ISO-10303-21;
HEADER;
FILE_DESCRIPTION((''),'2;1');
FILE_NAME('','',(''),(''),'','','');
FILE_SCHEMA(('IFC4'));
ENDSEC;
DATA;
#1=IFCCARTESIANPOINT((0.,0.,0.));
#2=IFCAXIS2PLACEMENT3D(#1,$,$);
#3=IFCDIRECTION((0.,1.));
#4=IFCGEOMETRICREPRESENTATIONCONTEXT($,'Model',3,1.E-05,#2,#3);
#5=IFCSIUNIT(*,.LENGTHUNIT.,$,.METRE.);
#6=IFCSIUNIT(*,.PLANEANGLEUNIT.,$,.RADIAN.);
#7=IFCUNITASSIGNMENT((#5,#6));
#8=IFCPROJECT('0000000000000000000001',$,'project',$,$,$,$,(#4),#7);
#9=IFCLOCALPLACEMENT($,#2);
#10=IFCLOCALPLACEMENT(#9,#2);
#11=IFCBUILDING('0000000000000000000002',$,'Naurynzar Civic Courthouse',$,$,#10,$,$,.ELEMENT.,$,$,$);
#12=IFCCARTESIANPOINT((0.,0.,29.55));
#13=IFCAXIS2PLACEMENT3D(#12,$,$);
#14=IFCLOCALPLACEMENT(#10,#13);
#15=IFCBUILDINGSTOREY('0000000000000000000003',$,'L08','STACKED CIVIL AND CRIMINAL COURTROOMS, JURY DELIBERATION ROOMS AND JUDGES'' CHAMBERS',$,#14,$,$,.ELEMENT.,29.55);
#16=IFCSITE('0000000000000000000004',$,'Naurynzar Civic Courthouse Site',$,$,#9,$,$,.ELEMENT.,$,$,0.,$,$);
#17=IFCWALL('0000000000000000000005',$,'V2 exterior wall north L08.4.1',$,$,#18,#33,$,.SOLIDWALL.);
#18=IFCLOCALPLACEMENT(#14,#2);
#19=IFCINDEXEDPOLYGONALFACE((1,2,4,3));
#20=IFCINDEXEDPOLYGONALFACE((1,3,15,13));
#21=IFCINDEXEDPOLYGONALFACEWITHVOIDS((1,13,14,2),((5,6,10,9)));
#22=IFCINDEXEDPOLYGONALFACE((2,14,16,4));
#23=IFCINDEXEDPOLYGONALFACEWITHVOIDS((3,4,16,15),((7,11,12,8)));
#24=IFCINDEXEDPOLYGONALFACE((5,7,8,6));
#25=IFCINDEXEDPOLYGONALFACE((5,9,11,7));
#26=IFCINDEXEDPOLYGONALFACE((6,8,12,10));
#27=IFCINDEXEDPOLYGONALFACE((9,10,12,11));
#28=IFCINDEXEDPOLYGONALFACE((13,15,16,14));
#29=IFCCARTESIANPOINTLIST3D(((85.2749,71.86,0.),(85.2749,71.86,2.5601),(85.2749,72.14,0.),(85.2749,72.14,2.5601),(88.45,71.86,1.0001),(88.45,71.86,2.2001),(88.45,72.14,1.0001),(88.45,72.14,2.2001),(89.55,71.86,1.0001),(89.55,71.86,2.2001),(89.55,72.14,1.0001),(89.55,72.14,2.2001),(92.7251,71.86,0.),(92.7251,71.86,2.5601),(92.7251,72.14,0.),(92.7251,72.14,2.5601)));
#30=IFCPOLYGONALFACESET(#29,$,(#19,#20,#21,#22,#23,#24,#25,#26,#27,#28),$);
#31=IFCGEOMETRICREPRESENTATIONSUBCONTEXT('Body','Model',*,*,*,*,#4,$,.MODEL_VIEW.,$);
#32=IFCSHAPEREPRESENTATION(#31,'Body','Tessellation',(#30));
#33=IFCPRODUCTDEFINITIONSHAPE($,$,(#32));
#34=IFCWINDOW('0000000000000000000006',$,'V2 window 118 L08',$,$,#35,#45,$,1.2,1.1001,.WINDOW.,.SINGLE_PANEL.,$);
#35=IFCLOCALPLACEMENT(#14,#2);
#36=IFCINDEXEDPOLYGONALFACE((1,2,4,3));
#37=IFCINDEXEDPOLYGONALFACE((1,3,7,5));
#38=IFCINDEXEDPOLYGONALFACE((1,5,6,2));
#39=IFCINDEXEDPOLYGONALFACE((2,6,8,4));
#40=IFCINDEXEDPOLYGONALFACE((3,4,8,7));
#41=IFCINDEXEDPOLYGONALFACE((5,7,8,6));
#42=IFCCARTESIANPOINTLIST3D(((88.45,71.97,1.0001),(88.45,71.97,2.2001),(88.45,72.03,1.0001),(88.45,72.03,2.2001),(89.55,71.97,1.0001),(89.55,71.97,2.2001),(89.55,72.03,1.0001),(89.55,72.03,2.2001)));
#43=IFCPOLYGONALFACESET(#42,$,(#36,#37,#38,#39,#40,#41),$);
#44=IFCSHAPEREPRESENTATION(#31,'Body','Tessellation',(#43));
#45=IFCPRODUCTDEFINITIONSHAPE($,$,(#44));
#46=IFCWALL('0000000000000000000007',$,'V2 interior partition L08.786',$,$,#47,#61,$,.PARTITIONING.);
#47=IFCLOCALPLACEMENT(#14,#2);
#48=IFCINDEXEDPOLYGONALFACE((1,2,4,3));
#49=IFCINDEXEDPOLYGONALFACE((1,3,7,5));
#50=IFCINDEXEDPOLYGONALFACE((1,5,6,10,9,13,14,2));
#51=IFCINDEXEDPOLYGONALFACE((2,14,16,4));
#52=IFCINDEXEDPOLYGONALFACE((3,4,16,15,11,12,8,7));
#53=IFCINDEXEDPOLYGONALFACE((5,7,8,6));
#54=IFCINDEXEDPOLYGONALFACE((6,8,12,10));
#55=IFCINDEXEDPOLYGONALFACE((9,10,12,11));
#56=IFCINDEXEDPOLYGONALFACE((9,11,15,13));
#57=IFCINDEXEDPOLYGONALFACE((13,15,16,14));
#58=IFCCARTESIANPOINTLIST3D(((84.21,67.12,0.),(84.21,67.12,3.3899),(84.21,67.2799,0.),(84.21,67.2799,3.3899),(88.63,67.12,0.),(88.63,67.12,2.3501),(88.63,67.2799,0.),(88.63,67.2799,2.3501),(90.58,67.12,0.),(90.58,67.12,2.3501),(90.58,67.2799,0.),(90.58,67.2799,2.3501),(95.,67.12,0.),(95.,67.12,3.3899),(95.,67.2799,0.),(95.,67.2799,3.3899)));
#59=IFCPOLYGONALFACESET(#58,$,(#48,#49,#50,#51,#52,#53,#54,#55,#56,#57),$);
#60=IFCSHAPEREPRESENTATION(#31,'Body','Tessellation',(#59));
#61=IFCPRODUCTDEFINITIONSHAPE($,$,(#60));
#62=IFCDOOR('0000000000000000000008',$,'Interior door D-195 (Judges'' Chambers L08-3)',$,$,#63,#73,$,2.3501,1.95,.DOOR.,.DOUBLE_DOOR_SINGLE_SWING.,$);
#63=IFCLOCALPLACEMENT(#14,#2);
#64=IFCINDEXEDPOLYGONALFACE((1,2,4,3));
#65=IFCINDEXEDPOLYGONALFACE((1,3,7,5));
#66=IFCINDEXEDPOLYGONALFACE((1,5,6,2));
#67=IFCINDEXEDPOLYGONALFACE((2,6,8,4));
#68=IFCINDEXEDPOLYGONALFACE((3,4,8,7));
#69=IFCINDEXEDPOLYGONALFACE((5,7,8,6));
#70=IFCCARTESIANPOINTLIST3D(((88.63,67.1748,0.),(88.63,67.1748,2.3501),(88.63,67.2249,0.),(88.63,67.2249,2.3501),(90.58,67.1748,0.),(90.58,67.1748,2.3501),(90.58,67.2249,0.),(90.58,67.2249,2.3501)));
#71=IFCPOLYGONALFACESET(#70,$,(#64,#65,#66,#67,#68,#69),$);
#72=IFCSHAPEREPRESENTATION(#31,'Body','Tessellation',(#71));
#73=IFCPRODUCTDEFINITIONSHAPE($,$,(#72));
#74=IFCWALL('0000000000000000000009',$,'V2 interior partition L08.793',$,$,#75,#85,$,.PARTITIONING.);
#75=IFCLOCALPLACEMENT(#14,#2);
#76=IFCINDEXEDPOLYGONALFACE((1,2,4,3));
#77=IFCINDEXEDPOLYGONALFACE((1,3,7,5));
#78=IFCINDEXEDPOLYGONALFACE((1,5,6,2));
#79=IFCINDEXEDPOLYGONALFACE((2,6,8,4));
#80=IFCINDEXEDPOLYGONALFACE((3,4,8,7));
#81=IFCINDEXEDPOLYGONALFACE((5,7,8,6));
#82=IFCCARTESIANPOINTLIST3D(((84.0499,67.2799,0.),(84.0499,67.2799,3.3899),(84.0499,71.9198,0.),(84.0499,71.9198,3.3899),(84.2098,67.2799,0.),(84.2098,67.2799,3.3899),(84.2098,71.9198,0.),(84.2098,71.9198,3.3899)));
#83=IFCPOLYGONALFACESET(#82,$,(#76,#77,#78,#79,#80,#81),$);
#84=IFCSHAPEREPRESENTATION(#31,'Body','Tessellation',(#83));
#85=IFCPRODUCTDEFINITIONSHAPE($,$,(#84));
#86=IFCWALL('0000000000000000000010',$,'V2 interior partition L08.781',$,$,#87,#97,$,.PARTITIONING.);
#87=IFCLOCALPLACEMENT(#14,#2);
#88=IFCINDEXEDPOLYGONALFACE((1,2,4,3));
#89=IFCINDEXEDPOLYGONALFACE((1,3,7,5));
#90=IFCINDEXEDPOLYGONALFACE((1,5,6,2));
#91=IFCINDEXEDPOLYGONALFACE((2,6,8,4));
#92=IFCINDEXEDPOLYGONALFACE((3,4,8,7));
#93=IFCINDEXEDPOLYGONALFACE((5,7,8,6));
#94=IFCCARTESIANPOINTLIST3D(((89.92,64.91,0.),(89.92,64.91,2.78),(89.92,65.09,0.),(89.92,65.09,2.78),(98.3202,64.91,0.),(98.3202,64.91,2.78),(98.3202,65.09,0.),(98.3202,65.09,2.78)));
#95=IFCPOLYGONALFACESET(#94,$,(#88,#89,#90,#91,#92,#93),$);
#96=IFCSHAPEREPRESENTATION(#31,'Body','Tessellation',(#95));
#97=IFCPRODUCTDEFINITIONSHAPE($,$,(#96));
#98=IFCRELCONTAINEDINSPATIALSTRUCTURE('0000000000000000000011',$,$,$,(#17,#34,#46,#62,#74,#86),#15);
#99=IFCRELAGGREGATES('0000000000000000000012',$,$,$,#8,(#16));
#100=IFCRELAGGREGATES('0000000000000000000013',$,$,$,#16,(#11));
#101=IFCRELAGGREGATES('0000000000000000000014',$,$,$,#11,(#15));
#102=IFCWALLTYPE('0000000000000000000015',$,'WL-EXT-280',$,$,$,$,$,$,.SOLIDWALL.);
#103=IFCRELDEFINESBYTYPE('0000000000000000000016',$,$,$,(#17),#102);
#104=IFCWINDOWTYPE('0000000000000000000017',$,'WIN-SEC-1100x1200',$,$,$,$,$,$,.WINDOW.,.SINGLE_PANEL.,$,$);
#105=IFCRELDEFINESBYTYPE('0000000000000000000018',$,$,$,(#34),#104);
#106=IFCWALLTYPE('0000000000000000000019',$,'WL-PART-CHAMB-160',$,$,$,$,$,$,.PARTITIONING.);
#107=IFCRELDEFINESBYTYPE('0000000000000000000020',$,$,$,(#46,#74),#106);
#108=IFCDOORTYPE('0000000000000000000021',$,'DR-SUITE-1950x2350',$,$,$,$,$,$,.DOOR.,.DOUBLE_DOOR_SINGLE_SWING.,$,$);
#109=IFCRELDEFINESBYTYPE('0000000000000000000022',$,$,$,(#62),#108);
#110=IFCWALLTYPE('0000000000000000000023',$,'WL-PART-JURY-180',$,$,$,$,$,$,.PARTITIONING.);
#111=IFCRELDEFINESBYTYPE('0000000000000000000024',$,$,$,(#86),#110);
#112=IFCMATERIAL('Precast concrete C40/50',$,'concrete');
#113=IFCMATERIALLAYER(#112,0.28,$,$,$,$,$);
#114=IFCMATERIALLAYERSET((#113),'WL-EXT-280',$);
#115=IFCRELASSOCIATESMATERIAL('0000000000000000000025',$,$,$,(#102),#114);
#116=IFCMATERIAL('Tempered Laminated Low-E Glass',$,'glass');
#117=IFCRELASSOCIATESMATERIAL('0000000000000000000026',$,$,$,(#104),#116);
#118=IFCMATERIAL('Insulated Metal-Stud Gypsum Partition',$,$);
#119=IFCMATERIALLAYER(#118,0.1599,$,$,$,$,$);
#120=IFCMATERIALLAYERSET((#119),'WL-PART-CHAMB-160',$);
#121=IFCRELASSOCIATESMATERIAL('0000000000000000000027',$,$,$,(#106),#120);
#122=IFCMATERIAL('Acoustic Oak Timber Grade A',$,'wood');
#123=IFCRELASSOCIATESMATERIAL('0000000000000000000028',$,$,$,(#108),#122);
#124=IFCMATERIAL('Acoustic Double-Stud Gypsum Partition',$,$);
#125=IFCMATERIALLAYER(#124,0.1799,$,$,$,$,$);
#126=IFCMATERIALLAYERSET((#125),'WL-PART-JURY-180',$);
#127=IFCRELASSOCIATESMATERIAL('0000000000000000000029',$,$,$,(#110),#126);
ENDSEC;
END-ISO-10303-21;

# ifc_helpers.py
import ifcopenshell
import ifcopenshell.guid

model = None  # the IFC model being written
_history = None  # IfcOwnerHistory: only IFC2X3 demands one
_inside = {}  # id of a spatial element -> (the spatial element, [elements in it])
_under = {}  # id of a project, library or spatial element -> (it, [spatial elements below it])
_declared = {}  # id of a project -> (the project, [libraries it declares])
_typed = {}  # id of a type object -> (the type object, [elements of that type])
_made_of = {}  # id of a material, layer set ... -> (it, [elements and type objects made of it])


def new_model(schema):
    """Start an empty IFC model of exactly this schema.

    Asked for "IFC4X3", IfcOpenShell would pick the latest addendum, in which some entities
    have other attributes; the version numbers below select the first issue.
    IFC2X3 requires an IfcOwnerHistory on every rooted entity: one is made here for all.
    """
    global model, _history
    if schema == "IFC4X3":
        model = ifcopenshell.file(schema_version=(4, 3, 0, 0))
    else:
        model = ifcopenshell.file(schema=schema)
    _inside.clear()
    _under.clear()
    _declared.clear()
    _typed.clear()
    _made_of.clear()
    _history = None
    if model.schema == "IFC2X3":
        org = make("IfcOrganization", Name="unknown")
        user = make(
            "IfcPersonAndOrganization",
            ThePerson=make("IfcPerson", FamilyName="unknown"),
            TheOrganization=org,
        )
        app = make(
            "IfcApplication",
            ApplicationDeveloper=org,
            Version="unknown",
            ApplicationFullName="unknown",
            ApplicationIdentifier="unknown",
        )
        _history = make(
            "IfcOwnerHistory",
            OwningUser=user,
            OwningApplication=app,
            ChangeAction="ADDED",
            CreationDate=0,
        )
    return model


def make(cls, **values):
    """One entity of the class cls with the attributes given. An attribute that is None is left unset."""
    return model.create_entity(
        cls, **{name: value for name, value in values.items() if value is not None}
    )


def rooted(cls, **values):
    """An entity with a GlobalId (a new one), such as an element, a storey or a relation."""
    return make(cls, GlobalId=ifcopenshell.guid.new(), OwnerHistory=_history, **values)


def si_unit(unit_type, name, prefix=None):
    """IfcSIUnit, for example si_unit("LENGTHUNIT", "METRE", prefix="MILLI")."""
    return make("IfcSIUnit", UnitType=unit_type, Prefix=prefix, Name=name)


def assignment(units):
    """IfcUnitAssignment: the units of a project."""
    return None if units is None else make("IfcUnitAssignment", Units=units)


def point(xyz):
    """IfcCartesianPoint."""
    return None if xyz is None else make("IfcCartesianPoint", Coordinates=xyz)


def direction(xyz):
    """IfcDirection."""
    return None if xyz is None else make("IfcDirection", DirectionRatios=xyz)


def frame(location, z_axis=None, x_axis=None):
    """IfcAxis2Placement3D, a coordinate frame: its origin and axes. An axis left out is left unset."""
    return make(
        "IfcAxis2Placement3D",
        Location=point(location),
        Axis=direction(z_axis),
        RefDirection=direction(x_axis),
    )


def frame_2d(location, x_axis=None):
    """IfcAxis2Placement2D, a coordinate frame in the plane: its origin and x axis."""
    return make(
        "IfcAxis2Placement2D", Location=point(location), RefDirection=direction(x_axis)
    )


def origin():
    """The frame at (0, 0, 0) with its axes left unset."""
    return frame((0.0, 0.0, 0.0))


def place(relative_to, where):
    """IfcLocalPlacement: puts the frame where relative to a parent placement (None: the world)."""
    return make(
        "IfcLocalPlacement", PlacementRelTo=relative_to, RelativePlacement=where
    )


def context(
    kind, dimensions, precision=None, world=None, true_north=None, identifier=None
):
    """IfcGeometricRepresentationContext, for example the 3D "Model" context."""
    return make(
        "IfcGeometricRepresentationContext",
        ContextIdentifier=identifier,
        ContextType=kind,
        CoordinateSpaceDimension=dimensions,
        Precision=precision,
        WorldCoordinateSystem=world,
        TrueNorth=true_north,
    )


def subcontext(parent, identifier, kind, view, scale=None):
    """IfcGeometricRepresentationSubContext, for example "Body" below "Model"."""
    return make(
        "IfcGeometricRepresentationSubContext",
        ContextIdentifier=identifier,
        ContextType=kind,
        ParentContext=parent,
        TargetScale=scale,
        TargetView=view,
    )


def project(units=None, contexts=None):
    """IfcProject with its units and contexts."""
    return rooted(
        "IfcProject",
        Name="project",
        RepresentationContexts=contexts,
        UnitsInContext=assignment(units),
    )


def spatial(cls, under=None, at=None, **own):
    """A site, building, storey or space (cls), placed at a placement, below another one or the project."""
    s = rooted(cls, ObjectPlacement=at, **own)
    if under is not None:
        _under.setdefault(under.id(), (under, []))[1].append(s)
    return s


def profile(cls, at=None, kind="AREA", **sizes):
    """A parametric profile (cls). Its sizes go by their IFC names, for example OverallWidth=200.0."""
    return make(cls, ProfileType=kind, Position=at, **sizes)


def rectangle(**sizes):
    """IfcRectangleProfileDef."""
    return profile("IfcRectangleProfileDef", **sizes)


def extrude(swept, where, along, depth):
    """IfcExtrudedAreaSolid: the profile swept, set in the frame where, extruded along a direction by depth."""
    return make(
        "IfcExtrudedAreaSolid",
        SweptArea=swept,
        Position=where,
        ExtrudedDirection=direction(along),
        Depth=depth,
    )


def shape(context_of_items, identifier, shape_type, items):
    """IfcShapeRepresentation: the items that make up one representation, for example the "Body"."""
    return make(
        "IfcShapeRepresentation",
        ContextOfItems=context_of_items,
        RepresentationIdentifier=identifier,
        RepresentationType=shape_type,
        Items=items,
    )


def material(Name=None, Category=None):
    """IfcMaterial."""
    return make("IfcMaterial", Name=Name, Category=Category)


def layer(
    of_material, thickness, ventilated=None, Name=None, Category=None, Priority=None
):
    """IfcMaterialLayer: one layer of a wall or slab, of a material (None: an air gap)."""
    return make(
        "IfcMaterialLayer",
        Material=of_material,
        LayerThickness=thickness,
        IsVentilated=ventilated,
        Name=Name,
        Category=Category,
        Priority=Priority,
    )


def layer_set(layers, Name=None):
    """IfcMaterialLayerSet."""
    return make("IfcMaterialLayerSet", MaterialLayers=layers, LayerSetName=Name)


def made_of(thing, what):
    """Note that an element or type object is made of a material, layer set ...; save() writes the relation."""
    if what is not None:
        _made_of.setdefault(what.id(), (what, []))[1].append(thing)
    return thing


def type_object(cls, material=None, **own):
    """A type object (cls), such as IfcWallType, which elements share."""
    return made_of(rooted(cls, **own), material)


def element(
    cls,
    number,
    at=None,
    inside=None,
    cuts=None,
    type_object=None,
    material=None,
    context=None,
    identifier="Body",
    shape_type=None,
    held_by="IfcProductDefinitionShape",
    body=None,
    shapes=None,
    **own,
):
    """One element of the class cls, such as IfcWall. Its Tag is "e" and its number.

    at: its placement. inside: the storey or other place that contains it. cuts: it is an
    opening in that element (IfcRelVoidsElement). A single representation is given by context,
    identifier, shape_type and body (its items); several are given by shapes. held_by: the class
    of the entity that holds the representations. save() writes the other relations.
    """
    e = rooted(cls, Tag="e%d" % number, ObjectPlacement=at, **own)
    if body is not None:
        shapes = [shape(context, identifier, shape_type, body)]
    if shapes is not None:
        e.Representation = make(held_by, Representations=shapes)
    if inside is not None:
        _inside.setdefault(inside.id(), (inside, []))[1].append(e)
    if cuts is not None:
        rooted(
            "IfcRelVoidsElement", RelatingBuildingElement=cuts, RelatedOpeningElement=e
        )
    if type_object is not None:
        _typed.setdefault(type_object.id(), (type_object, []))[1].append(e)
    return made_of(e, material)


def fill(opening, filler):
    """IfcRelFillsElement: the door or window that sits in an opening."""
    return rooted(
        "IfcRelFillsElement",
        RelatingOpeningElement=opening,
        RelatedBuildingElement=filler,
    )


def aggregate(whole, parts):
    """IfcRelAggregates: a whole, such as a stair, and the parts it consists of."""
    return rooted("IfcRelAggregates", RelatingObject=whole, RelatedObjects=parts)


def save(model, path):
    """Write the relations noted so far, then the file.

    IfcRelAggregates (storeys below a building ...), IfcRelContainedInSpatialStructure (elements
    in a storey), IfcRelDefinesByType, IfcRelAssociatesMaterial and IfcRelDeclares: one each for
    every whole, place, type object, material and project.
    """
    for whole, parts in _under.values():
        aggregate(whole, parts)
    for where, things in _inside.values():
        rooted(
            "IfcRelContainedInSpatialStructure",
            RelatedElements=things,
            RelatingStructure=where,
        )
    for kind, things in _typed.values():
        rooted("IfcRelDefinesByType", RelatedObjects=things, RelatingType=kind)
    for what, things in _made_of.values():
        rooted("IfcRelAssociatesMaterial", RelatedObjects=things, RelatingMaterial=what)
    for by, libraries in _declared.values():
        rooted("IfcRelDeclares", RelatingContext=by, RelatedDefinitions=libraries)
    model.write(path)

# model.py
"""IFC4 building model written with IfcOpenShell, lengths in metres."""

from ifc_helpers import new_model, si_unit, direction, frame, frame_2d, origin, place, context, subcontext, project, spatial, rectangle, extrude, material, layer, layer_set, type_object, element, fill, save


model = new_model("IFC4")

# Units and contexts
model_context = context("Model", 3, precision=1e-05, world=origin(), true_north=direction((0.0, 1.0)))
body_context = subcontext(model_context, "Body", "Model", "MODEL_VIEW")
ifc_project = project(units=[si_unit("LENGTHUNIT", "METRE"), si_unit("PLANEANGLEUNIT", "RADIAN")], contexts=[model_context])

# Site, building, storey
site_placement = place(None, origin())
site = spatial("IfcSite", under=ifc_project, at=site_placement, Name="Naurynzar Civic Courthouse Site", CompositionType="ELEMENT", RefElevation=0.0)
building_placement = place(site_placement, origin())
building = spatial("IfcBuilding", under=site, at=building_placement, Name="Naurynzar Civic Courthouse", CompositionType="ELEMENT")
storey_placement = place(building_placement, frame((0.0, 0.0, 29.55)))
storey = spatial("IfcBuildingStorey", under=building, at=storey_placement, Name="L08", Description="STACKED CIVIL AND CRIMINAL COURTROOMS, JURY DELIBERATION ROOMS AND JUDGES' CHAMBERS", CompositionType="ELEMENT", Elevation=29.55)

# Wall, opening, window
ifc_material_1 = material(Name="Precast concrete C40/50", Category="concrete")
ifc_layer_1 = layer(ifc_material_1, 0.28)
ifc_layer_set_1 = layer_set([ifc_layer_1], Name="WL-EXT-280")
wall_type_1 = type_object("IfcWallType", Name="WL-EXT-280", PredefinedType="SOLIDWALL", material=ifc_layer_set_1)
wall_1_placement = place(storey_placement, frame((85.2749, 72.0, 0.0), z_axis=(0.0, 0.0, 1.0), x_axis=(1.0, 0.0, 0.0)))
wall_1 = element("IfcWall", 1, at=wall_1_placement, inside=storey, type_object=wall_type_1, Name="V2 exterior wall north L08.4.1", PredefinedType="SOLIDWALL", context=body_context, shape_type="SweptSolid", body=[
    extrude(rectangle(XDim=7.4502, YDim=0.28, at=frame_2d((3.7251, 0.0))), origin(), (0.0, 0.0, 1.0), 2.5601),
])
opening_1_placement = place(wall_1_placement, frame((3.175, 0.0, 1.0)))
opening_1 = element("IfcOpeningElement", 2, at=opening_1_placement, cuts=wall_1, PredefinedType="OPENING", context=body_context, shape_type="SweptSolid", body=[
    extrude(rectangle(XDim=1.1001, YDim=1.2, at=frame_2d((0.55, 0.6001))), frame((0.0, 0.1499, 0.0), z_axis=(0.0, -1.0, 0.0), x_axis=(1.0, 0.0, 0.0)), (0.0, 0.0, 1.0), 0.3),
])
ifc_material_2 = material(Name="Tempered Laminated Low-E Glass", Category="glass")
window_type = type_object("IfcWindowType", Name="WIN-SEC-1100x1200", PartitioningType="SINGLE_PANEL", PredefinedType="WINDOW", material=ifc_material_2)
window_placement = place(opening_1_placement, origin())
window = element("IfcWindow", 3, at=window_placement, inside=storey, type_object=window_type, Name="V2 window 118 L08", OverallHeight=1.2, OverallWidth=1.1001, PartitioningType="SINGLE_PANEL", PredefinedType="WINDOW", context=body_context, shape_type="SweptSolid", body=[
    extrude(rectangle(XDim=1.1001, YDim=1.2, at=frame_2d((0.55, 0.6001))), frame((0.0, 0.03, 0.0), z_axis=(0.0, -1.0, 0.0), x_axis=(1.0, 0.0, 0.0)), (0.0, 0.0, 1.0), 0.0601),
])
fill(opening_1, window)

# Wall, opening, door
ifc_material_3 = material(Name="Insulated Metal-Stud Gypsum Partition")
ifc_layer_2 = layer(ifc_material_3, 0.1599)
ifc_layer_set_2 = layer_set([ifc_layer_2], Name="WL-PART-CHAMB-160")
wall_type_2 = type_object("IfcWallType", Name="WL-PART-CHAMB-160", PredefinedType="PARTITIONING", material=ifc_layer_set_2)
wall_2_placement = place(storey_placement, frame((84.21, 67.2, 0.0), z_axis=(0.0, 0.0, 1.0), x_axis=(1.0, 0.0, 0.0)))
wall_2 = element("IfcWall", 4, at=wall_2_placement, inside=storey, type_object=wall_type_2, Name="V2 interior partition L08.786", PredefinedType="PARTITIONING", context=body_context, shape_type="SweptSolid", body=[
    extrude(rectangle(XDim=10.79, YDim=0.1599, at=frame_2d((5.395, 0.0))), origin(), (0.0, 0.0, 1.0), 3.3899),
])
opening_2_placement = place(wall_2_placement, frame((4.4199, 0.0, 0.0)))
opening_2 = element("IfcOpeningElement", 5, at=opening_2_placement, cuts=wall_2, PredefinedType="OPENING", context=body_context, shape_type="SweptSolid", body=[
    extrude(rectangle(XDim=1.95, YDim=2.3501, at=frame_2d((0.9751, 1.175))), frame((0.0, 0.0898, 0.0), z_axis=(0.0, -1.0, 0.0), x_axis=(1.0, 0.0, 0.0)), (0.0, 0.0, 1.0), 0.1799),
])
ifc_material_4 = material(Name="Acoustic Oak Timber Grade A", Category="wood")
door_type = type_object("IfcDoorType", Name="DR-SUITE-1950x2350", OperationType="DOUBLE_DOOR_SINGLE_SWING", PredefinedType="DOOR", material=ifc_material_4)
door_placement = place(opening_2_placement, origin())
door = element("IfcDoor", 6, at=door_placement, inside=storey, type_object=door_type, Name="Interior door D-195 (Judges' Chambers L08-3)", OperationType="DOUBLE_DOOR_SINGLE_SWING", OverallHeight=2.3501, OverallWidth=1.95, PredefinedType="DOOR", context=body_context, shape_type="SweptSolid", body=[
    extrude(rectangle(XDim=1.95, YDim=2.3501, at=frame_2d((0.9751, 1.175))), frame((0.0, 0.0249, 0.0), z_axis=(0.0, -1.0, 0.0), x_axis=(1.0, 0.0, 0.0)), (0.0, 0.0, 1.0), 0.05),
])
fill(opening_2, door)

# Walls
wall_3_placement = place(storey_placement, frame((84.1299, 67.28, 0.0), z_axis=(0.0, 0.0, 1.0), x_axis=(0.0, 1.0, 0.0)))
element("IfcWall", 7, at=wall_3_placement, inside=storey, type_object=wall_type_2, Name="V2 interior partition L08.793", PredefinedType="PARTITIONING", context=body_context, shape_type="SweptSolid", body=[
    extrude(rectangle(XDim=4.6399, YDim=0.1599, at=frame_2d((2.3198, 0.0))), origin(), (0.0, 0.0, 1.0), 3.3899),
])
ifc_material_5 = material(Name="Acoustic Double-Stud Gypsum Partition")
ifc_layer_3 = layer(ifc_material_5, 0.1799)
ifc_layer_set_3 = layer_set([ifc_layer_3], Name="WL-PART-JURY-180")
wall_type_3 = type_object("IfcWallType", Name="WL-PART-JURY-180", PredefinedType="PARTITIONING", material=ifc_layer_set_3)
wall_4_placement = place(storey_placement, frame((89.9199, 65.0, 0.0), z_axis=(0.0, 0.0, 1.0), x_axis=(1.0, 0.0, 0.0)))
element("IfcWall", 8, at=wall_4_placement, inside=storey, type_object=wall_type_3, Name="V2 interior partition L08.781", PredefinedType="PARTITIONING", context=body_context, shape_type="SweptSolid", body=[
    extrude(rectangle(XDim=8.4001, YDim=0.1799, at=frame_2d((4.2002, 0.0))), origin(), (0.0, 0.0, 1.0), 2.78),
])

save(model, "model.ifc")
